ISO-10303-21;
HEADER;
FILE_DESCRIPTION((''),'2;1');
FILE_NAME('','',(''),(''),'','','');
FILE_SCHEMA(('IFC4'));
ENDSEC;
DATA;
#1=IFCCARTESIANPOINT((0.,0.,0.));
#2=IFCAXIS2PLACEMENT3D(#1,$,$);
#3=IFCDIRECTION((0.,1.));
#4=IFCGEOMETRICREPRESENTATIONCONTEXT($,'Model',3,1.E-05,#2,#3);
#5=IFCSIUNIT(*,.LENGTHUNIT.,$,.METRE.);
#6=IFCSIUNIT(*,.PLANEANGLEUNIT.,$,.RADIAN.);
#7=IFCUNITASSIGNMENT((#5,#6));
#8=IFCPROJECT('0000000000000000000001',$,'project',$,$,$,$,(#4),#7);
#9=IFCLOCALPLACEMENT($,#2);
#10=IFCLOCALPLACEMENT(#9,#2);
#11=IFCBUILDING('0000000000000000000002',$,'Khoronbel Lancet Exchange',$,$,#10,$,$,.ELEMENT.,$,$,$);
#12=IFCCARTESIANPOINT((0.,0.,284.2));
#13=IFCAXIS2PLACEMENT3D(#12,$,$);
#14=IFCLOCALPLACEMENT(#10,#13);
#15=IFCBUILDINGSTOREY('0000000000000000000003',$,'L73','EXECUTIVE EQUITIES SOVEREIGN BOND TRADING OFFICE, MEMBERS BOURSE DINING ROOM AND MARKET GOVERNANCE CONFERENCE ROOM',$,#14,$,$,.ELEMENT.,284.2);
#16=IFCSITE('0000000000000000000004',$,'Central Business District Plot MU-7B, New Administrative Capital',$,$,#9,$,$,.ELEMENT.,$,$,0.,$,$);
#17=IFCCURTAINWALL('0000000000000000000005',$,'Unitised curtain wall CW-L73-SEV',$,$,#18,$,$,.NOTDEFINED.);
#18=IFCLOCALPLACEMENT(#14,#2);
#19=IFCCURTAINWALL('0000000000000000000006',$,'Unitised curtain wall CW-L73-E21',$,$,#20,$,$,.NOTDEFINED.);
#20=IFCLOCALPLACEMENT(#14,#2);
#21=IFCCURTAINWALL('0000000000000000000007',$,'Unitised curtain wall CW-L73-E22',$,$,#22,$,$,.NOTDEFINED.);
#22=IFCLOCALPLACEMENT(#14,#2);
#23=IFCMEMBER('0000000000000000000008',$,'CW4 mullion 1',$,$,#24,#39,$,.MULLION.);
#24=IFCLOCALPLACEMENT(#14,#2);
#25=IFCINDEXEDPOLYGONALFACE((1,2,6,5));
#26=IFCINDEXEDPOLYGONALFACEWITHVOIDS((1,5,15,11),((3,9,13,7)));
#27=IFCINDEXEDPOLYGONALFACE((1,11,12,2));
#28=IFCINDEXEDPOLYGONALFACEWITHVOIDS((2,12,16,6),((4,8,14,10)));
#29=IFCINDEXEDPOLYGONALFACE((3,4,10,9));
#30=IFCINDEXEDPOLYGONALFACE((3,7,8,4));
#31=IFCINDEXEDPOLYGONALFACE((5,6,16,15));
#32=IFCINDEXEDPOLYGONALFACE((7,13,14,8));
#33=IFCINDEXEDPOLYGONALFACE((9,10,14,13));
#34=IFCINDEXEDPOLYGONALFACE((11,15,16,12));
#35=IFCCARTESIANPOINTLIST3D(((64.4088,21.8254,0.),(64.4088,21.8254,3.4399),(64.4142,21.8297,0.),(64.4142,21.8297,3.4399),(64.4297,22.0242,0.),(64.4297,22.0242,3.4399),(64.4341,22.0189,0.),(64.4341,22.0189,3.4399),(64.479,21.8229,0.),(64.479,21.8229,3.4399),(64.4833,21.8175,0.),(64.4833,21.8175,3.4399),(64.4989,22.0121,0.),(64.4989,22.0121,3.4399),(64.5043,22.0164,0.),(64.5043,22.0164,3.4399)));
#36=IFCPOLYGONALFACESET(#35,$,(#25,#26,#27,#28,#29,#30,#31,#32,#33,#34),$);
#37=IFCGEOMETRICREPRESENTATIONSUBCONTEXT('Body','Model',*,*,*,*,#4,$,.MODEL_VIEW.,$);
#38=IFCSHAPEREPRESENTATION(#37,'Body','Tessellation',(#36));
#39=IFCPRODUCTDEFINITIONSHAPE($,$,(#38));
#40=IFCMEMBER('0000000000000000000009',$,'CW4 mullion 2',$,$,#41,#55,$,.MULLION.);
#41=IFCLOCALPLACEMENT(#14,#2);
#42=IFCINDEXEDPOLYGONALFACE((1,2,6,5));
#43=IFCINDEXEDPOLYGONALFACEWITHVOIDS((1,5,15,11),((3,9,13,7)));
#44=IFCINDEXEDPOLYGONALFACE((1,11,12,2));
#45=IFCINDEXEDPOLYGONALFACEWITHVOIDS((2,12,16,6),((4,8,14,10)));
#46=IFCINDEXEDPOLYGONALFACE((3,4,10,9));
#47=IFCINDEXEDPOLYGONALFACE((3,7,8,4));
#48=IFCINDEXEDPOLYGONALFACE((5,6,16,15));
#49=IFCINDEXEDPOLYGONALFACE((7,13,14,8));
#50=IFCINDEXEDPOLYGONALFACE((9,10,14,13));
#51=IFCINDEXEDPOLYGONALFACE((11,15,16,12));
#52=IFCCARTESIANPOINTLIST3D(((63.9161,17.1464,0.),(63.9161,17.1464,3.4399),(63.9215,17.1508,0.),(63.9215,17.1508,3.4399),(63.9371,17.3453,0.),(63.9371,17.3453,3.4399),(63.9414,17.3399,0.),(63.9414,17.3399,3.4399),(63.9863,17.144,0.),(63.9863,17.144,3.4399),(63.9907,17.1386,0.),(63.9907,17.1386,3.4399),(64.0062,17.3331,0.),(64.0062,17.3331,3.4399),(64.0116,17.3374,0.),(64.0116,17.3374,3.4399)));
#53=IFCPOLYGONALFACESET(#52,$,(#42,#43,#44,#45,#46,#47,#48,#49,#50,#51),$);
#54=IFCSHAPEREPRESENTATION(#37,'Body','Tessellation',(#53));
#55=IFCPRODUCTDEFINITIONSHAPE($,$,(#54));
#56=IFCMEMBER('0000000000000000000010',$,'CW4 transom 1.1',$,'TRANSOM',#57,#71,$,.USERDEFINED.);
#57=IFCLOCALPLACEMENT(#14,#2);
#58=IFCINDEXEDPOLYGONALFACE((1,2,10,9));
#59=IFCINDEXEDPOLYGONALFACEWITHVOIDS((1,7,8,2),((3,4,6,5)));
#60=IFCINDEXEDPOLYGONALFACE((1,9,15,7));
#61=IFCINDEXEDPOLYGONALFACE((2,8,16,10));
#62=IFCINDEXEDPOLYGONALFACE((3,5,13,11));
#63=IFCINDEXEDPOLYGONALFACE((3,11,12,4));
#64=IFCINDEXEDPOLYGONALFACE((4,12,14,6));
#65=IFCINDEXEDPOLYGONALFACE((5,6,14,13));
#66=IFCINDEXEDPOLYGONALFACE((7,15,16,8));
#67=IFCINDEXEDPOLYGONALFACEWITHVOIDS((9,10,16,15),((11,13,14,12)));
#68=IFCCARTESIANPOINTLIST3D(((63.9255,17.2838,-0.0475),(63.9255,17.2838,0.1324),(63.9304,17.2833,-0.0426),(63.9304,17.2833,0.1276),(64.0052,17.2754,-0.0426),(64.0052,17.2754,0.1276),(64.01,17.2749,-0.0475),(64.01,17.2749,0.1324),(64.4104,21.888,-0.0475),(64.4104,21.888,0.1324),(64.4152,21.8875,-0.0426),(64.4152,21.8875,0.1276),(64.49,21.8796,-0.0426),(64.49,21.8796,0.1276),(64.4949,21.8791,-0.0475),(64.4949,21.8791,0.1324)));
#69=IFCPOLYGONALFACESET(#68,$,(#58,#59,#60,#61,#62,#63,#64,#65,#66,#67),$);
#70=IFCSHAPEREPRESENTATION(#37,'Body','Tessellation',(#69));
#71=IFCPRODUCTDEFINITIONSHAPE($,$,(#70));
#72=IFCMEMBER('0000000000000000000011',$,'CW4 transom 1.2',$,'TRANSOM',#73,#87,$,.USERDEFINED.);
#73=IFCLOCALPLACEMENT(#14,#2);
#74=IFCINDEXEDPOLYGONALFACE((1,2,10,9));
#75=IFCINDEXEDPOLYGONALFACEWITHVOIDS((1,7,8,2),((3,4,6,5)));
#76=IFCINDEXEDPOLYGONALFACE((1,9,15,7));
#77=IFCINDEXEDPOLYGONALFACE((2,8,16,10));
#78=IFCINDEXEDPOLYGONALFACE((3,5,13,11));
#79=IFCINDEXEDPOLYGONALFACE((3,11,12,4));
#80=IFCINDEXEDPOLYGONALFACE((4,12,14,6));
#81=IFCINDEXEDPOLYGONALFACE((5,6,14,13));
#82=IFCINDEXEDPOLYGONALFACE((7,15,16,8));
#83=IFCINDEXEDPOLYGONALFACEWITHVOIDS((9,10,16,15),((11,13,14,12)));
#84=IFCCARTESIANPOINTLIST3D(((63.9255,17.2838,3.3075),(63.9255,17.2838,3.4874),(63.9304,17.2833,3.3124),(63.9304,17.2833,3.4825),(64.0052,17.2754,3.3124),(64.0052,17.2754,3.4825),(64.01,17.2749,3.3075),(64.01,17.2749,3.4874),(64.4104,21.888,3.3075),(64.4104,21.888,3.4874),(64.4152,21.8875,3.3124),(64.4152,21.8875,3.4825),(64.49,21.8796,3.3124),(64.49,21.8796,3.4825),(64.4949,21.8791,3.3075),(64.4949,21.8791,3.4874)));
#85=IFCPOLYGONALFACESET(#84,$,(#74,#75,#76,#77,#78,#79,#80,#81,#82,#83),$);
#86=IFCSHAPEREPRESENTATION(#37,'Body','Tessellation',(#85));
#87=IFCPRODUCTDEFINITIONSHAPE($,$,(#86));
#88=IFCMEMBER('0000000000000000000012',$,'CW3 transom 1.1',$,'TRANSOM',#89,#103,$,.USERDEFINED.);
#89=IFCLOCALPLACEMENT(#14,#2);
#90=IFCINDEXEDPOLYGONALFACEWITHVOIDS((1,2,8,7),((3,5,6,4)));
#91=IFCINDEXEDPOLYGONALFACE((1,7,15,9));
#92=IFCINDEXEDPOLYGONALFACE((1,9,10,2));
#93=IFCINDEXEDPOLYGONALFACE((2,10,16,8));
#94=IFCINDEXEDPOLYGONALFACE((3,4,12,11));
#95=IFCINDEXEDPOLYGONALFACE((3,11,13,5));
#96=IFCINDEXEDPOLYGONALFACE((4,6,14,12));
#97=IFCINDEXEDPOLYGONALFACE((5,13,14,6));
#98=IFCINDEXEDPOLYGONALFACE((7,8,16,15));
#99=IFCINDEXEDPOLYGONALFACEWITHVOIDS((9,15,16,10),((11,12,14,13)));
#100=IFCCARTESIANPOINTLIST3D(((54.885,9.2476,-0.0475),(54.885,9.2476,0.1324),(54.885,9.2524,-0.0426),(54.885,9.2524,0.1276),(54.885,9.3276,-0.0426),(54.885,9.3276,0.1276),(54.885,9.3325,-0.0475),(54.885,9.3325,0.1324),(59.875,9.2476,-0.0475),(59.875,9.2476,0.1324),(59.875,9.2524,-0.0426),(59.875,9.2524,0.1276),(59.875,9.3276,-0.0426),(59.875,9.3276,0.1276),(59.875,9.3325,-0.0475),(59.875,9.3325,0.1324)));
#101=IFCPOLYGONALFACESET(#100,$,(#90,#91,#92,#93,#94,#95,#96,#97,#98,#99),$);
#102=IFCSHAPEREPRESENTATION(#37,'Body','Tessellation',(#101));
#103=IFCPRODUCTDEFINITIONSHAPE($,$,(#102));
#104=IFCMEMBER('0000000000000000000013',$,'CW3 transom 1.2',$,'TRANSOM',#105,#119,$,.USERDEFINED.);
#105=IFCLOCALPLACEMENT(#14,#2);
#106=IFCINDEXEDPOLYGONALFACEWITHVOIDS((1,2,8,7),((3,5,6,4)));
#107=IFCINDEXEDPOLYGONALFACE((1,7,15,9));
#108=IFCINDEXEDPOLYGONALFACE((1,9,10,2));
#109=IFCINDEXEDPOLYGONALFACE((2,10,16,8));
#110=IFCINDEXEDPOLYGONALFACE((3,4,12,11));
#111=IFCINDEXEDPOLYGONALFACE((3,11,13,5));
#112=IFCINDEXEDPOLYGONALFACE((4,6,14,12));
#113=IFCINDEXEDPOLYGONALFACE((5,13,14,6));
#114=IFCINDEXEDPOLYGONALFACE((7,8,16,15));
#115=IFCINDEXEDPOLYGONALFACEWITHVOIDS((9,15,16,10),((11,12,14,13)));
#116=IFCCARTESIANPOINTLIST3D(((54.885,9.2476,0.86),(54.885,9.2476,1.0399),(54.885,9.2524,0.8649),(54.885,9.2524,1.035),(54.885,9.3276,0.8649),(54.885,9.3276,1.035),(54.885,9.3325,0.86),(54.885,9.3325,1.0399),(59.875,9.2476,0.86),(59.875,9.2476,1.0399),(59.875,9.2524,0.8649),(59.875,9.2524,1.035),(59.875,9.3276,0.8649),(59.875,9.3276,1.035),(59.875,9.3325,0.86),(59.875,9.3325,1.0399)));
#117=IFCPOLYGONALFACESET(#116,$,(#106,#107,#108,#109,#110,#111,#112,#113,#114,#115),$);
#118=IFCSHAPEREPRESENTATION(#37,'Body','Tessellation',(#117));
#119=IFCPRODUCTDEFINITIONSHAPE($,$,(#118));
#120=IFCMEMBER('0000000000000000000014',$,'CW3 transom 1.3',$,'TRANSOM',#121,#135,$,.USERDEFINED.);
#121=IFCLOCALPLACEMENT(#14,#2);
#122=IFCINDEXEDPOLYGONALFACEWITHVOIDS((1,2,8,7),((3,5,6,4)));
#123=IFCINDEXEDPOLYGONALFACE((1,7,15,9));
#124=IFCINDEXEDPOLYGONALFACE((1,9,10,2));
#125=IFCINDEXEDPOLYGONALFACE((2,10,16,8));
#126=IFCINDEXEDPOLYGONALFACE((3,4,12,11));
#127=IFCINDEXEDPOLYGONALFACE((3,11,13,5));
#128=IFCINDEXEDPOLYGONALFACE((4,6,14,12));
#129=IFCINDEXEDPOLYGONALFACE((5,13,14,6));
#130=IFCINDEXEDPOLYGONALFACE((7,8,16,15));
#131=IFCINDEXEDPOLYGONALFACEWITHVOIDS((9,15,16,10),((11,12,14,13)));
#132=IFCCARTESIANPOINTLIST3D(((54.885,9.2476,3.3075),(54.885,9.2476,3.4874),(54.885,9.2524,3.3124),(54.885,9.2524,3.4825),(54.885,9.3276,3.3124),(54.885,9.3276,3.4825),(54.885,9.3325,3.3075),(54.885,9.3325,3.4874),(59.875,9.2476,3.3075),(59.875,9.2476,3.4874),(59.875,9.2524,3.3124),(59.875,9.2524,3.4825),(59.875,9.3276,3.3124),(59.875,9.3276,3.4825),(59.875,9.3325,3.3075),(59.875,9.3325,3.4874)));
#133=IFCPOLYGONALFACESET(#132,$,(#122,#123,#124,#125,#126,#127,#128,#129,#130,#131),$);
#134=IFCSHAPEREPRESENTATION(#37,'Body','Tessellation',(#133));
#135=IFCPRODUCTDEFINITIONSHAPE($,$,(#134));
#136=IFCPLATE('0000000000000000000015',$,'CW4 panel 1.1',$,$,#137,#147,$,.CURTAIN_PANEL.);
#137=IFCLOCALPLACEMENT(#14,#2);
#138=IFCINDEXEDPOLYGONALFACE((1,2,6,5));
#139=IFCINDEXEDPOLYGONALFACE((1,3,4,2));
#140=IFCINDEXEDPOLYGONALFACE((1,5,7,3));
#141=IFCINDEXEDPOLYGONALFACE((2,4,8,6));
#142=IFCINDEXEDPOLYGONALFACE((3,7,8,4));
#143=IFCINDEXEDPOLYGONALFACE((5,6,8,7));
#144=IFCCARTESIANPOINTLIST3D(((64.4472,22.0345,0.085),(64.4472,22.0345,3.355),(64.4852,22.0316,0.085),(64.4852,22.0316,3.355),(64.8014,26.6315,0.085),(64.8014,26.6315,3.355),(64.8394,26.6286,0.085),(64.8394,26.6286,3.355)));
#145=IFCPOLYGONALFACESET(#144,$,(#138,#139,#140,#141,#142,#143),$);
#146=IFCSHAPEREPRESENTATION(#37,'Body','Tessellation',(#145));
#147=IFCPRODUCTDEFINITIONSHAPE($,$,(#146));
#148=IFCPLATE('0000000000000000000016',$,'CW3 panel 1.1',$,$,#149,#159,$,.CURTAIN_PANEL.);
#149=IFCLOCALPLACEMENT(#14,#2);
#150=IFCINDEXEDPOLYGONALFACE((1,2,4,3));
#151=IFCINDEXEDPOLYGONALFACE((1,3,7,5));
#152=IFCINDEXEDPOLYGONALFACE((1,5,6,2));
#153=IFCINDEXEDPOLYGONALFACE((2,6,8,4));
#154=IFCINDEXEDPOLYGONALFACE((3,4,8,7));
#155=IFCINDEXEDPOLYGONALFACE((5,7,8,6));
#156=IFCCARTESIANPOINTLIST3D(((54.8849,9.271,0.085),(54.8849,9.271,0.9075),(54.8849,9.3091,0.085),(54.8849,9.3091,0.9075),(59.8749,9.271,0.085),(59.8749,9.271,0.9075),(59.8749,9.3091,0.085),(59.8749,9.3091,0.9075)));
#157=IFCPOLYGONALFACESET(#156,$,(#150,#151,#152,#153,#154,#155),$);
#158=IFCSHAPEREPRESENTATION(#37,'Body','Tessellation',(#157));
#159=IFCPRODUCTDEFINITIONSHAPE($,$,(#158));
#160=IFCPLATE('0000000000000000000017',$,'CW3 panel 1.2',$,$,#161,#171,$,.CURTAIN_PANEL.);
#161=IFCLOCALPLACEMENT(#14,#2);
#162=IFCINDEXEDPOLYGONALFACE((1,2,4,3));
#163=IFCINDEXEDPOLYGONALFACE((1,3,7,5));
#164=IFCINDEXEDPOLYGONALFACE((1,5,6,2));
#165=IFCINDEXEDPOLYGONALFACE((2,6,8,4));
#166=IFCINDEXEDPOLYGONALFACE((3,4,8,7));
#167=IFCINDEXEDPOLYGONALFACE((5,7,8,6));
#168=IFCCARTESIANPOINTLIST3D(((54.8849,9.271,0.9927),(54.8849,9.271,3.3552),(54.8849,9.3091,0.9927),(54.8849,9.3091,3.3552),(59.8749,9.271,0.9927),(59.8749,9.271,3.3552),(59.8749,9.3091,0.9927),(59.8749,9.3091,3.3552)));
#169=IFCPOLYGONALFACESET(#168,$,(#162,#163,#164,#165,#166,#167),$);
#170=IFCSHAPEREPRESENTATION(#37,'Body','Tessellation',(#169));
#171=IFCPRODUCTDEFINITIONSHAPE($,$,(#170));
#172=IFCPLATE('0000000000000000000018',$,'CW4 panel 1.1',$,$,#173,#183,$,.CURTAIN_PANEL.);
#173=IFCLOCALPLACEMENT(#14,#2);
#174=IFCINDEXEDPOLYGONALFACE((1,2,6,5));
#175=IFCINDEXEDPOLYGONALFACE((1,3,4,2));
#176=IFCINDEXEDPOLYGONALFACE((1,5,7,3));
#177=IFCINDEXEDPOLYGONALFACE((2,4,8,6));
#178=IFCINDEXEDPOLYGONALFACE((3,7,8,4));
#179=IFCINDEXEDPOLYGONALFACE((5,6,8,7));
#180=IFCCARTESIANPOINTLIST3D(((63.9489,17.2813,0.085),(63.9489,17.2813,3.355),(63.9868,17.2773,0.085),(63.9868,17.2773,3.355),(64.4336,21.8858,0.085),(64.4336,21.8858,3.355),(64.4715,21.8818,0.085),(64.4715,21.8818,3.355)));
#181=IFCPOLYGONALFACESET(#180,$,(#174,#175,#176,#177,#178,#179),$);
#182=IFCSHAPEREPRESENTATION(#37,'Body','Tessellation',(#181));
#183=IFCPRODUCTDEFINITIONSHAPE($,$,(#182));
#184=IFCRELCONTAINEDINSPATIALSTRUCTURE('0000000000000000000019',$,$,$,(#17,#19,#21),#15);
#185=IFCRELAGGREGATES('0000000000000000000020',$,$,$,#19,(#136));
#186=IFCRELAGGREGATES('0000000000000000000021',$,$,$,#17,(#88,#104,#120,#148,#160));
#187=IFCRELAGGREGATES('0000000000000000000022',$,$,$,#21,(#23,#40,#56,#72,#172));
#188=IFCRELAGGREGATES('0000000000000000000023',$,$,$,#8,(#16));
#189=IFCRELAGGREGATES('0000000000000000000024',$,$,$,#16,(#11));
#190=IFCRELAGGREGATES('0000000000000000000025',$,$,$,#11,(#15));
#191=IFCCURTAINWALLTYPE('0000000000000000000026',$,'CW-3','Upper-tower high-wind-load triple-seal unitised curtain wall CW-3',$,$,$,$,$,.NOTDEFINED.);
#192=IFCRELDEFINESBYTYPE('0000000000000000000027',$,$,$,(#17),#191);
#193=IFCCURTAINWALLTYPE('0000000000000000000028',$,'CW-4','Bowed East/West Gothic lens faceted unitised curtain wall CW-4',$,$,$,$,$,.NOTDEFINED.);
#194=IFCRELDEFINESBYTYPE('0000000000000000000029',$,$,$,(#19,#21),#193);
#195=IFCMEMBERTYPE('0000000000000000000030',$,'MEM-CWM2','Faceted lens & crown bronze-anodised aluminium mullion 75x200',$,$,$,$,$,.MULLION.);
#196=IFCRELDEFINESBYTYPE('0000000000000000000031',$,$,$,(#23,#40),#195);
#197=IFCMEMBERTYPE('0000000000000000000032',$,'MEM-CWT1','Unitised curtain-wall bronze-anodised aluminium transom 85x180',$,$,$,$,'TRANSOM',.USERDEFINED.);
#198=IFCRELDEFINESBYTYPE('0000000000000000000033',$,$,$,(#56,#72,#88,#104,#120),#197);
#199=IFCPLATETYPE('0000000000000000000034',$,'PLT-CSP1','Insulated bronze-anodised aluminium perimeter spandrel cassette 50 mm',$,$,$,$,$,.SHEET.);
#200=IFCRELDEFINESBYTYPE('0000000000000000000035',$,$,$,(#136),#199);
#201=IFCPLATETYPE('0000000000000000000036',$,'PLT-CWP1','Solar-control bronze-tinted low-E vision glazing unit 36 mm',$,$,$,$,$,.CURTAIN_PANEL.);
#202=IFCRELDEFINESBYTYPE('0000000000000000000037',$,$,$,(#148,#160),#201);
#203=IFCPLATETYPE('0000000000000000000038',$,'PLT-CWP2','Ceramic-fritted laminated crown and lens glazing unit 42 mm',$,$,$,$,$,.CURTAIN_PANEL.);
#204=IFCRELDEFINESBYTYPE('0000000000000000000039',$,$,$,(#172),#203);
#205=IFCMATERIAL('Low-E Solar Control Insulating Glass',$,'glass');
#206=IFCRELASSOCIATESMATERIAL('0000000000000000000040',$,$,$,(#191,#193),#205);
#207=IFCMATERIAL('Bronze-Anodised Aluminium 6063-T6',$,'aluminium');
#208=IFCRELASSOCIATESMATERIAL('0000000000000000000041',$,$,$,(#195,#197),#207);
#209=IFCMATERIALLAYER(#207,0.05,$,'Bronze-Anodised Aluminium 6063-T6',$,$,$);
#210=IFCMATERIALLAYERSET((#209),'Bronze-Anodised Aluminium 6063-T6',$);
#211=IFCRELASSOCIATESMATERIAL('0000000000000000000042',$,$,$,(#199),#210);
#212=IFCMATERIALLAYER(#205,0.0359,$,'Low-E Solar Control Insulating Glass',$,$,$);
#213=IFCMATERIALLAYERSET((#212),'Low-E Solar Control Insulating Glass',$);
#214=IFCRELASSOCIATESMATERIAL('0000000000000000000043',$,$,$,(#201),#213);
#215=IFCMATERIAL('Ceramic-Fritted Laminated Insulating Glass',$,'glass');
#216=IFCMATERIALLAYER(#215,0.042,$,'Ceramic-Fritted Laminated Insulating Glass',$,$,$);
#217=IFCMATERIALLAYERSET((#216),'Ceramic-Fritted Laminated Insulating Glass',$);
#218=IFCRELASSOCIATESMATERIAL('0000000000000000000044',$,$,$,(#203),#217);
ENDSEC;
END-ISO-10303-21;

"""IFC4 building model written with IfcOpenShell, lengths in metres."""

from ifc_helpers import new_model, si_unit, direction, frame, origin, origin_2d, place, context, subcontext, project, spatial, rectangle, hollow_rectangle, extrude, material, layer, layer_set, material_profile, profile_set, type_object, element, aggregate, save


model = new_model("IFC4")

# Units and contexts
model_context = context("Model", 3, precision=1e-05, world=origin(), true_north=direction((0.0, 1.0)))
body_context = subcontext(model_context, "Body", "Model", "MODEL_VIEW")
ifc_project = project(units=[si_unit("LENGTHUNIT", "METRE"), si_unit("PLANEANGLEUNIT", "RADIAN")], contexts=[model_context])

# Site, building, storey
site_placement = place(None, origin())
site = spatial("IfcSite", under=ifc_project, at=site_placement, Name="Central Business District Plot MU-7B, New Administrative Capital", CompositionType="ELEMENT", RefElevation=0.0)
building_placement = place(site_placement, origin())
building = spatial("IfcBuilding", under=site, at=building_placement, Name="Khoronbel Lancet Exchange", CompositionType="ELEMENT")
storey_placement = place(building_placement, frame((0.0, 0.0, 284.2)))
storey = spatial("IfcBuildingStorey", under=building, at=storey_placement, Name="L73", Description="EXECUTIVE EQUITIES SOVEREIGN BOND TRADING OFFICE, MEMBERS BOURSE DINING ROOM AND MARKET GOVERNANCE CONFERENCE ROOM", CompositionType="ELEMENT", Elevation=284.2)

# Shared definitions
ifc_material_1 = material(Name="Low-E Solar Control Insulating Glass", Category="glass")
curtain_wall_type_1 = type_object("IfcCurtainWallType", Name="CW-3", Description="Upper-tower high-wind-load triple-seal unitised curtain wall CW-3", PredefinedType="NOTDEFINED", material=ifc_material_1)
ifc_material_2 = material(Name="Bronze-Anodised Aluminium 6063-T6", Category="aluminium")

# Curtain wall
curtain_wall_1_placement = place(storey_placement, origin())
curtain_wall_1 = element("IfcCurtainWall", 1, at=curtain_wall_1_placement, inside=storey, type_object=curtain_wall_type_1, Name="Unitised curtain wall CW-L73-SEV", PredefinedType="NOTDEFINED")

# Curtain wall
curtain_wall_type_2 = type_object("IfcCurtainWallType", Name="CW-4", Description="Bowed East/West Gothic lens faceted unitised curtain wall CW-4", PredefinedType="NOTDEFINED", material=ifc_material_1)
curtain_wall_2_placement = place(storey_placement, origin())
curtain_wall_2 = element("IfcCurtainWall", 2, at=curtain_wall_2_placement, inside=storey, type_object=curtain_wall_type_2, Name="Unitised curtain wall CW-L73-E21", PredefinedType="NOTDEFINED")
ifc_material_profile_1 = material_profile(ifc_material_2, hollow_rectangle(XDim=0.075, YDim=0.2, WallThickness=0.0049, at=origin_2d()), Name="ALU MULLION 75x200")
ifc_profile_set_1 = profile_set([ifc_material_profile_1], Name="Bronze-Anodised Aluminium 6063-T6")
member_type_1 = type_object("IfcMemberType", Name="MEM-CWM2", Description="Faceted lens & crown bronze-anodised aluminium mullion 75x200", PredefinedType="MULLION", material=ifc_profile_set_1)

# Curtain wall, members
curtain_wall_3_placement = place(storey_placement, origin())
curtain_wall_3 = element("IfcCurtainWall", 3, at=curtain_wall_3_placement, inside=storey, type_object=curtain_wall_type_2, Name="Unitised curtain wall CW-L73-E22", PredefinedType="NOTDEFINED")
member_1_placement = place(storey_placement, frame((64.4565, 21.9209, 0.0), z_axis=(0.0, 0.0, 1.0), x_axis=(0.994505, -0.104691, 0.0)))
member_1 = element("IfcMember", 4, at=member_1_placement, type_object=member_type_1, Name="CW4 mullion 1", PredefinedType="MULLION", context=body_context, shape_type="SweptSolid", body=[
    extrude(hollow_rectangle(XDim=0.075, YDim=0.2, WallThickness=0.0049, at=origin_2d()), origin(), (0.0, 0.0, 1.0), 3.4399),
])
member_2_placement = place(storey_placement, frame((63.9639, 17.2419, 0.0), z_axis=(0.0, 0.0, 1.0), x_axis=(0.994505, -0.104691, 0.0)))
member_2 = element("IfcMember", 5, at=member_2_placement, type_object=member_type_1, Name="CW4 mullion 2", PredefinedType="MULLION", context=body_context, shape_type="SweptSolid", body=[
    extrude(hollow_rectangle(XDim=0.075, YDim=0.2, WallThickness=0.0049, at=origin_2d()), origin(), (0.0, 0.0, 1.0), 3.4399),
])
ifc_material_profile_2 = material_profile(ifc_material_2, hollow_rectangle(XDim=0.085, YDim=0.1799, WallThickness=0.0049, at=origin_2d()), Name="ALU TRANSOM 85x180")
ifc_profile_set_2 = profile_set([ifc_material_profile_2], Name="Bronze-Anodised Aluminium 6063-T6")
member_type_2 = type_object("IfcMemberType", Name="MEM-CWT1", Description="Unitised curtain-wall bronze-anodised aluminium transom 85x180", ElementType="TRANSOM", PredefinedType="USERDEFINED", material=ifc_profile_set_2)
member_3_placement = place(storey_placement, frame((64.4526, 21.8835, 0.0425), z_axis=(-0.104729, -0.994501, 0.0), x_axis=(0.994501, -0.104729, 0.0)))
member_3 = element("IfcMember", 6, at=member_3_placement, type_object=member_type_2, Name="CW4 transom 1.1", ObjectType="TRANSOM", PredefinedType="USERDEFINED", context=body_context, shape_type="SweptSolid", body=[
    extrude(hollow_rectangle(XDim=0.085, YDim=0.1799, WallThickness=0.0049, at=origin_2d()), origin(), (0.0, 0.0, 1.0), 4.6296),
])
member_4_placement = place(storey_placement, frame((64.4526, 21.8835, 3.3975), z_axis=(-0.104729, -0.994501, 0.0), x_axis=(0.994501, -0.104729, 0.0)))
member_4 = element("IfcMember", 7, at=member_4_placement, type_object=member_type_2, Name="CW4 transom 1.2", ObjectType="TRANSOM", PredefinedType="USERDEFINED", context=body_context, shape_type="SweptSolid", body=[
    extrude(hollow_rectangle(XDim=0.085, YDim=0.1799, WallThickness=0.0049, at=origin_2d()), origin(), (0.0, 0.0, 1.0), 4.6296),
])

# Members
member_5_placement = place(storey_placement, frame((54.885, 9.29, 0.0425), z_axis=(1.0, 0.0, 0.0), x_axis=(0.0, 1.0, 0.0)))
member_5 = element("IfcMember", 8, at=member_5_placement, type_object=member_type_2, Name="CW3 transom 1.1", ObjectType="TRANSOM", PredefinedType="USERDEFINED", context=body_context, shape_type="SweptSolid", body=[
    extrude(hollow_rectangle(XDim=0.085, YDim=0.1799, WallThickness=0.0049, at=origin_2d()), origin(), (0.0, 0.0, 1.0), 4.99),
])
member_6_placement = place(storey_placement, frame((54.885, 9.29, 0.95), z_axis=(1.0, 0.0, 0.0), x_axis=(0.0, 1.0, 0.0)))
member_6 = element("IfcMember", 9, at=member_6_placement, type_object=member_type_2, Name="CW3 transom 1.2", ObjectType="TRANSOM", PredefinedType="USERDEFINED", context=body_context, shape_type="SweptSolid", body=[
    extrude(hollow_rectangle(XDim=0.085, YDim=0.1799, WallThickness=0.0049, at=origin_2d()), origin(), (0.0, 0.0, 1.0), 4.99),
])
member_7_placement = place(storey_placement, frame((54.885, 9.29, 3.3975), z_axis=(1.0, 0.0, 0.0), x_axis=(0.0, 1.0, 0.0)))
member_7 = element("IfcMember", 10, at=member_7_placement, type_object=member_type_2, Name="CW3 transom 1.3", ObjectType="TRANSOM", PredefinedType="USERDEFINED", context=body_context, shape_type="SweptSolid", body=[
    extrude(hollow_rectangle(XDim=0.085, YDim=0.1799, WallThickness=0.0049, at=origin_2d()), origin(), (0.0, 0.0, 1.0), 4.99),
])

# Plates
ifc_layer_1 = layer(ifc_material_2, 0.05, Name="Bronze-Anodised Aluminium 6063-T6")
ifc_layer_set_1 = layer_set([ifc_layer_1], Name="Bronze-Anodised Aluminium 6063-T6")
plate_type_1 = type_object("IfcPlateType", Name="PLT-CSP1", Description="Insulated bronze-anodised aluminium perimeter spandrel cassette 50 mm", PredefinedType="SHEET", material=ifc_layer_set_1)
plate_1_placement = place(storey_placement, frame((64.6433, 24.3315, 0.085), z_axis=(0.0, 0.0, 1.0), x_axis=(-0.076819, -0.997045, 0.0)))
plate_1 = element("IfcPlate", 11, at=plate_1_placement, type_object=plate_type_1, Name="CW4 panel 1.1", PredefinedType="CURTAIN_PANEL", context=body_context, shape_type="SweptSolid", body=[
    extrude(rectangle(XDim=4.6106, YDim=0.0381, at=origin_2d()), origin(), (0.0, 0.0, 1.0), 3.27),
])
aggregate(curtain_wall_2, [plate_1])
ifc_layer_2 = layer(ifc_material_1, 0.0359, Name="Low-E Solar Control Insulating Glass")
ifc_layer_set_2 = layer_set([ifc_layer_2], Name="Low-E Solar Control Insulating Glass")
plate_type_2 = type_object("IfcPlateType", Name="PLT-CWP1", Description="Solar-control bronze-tinted low-E vision glazing unit 36 mm", PredefinedType="CURTAIN_PANEL", material=ifc_layer_set_2)
plate_2_placement = place(storey_placement, frame((57.3799, 9.29, 0.085), z_axis=(0.0, 0.0, 1.0), x_axis=(1.0, 0.0, 0.0)))
plate_2 = element("IfcPlate", 12, at=plate_2_placement, type_object=plate_type_2, Name="CW3 panel 1.1", PredefinedType="CURTAIN_PANEL", context=body_context, shape_type="SweptSolid", body=[
    extrude(rectangle(XDim=4.99, YDim=0.0381, at=origin_2d()), origin(), (0.0, 0.0, 1.0), 0.8225),
])
plate_3_placement = place(storey_placement, frame((57.3799, 9.29, 0.9927), z_axis=(0.0, 0.0, 1.0), x_axis=(1.0, 0.0, 0.0)))
plate_3 = element("IfcPlate", 13, at=plate_3_placement, type_object=plate_type_2, Name="CW3 panel 1.2", PredefinedType="CURTAIN_PANEL", context=body_context, shape_type="SweptSolid", body=[
    extrude(rectangle(XDim=4.99, YDim=0.0381, at=origin_2d()), origin(), (0.0, 0.0, 1.0), 2.3625),
])
aggregate(curtain_wall_1, [member_5, member_6, member_7, plate_2, plate_3])
ifc_material_3 = material(Name="Ceramic-Fritted Laminated Insulating Glass", Category="glass")
ifc_layer_3 = layer(ifc_material_3, 0.042, Name="Ceramic-Fritted Laminated Insulating Glass")
ifc_layer_set_3 = layer_set([ifc_layer_3], Name="Ceramic-Fritted Laminated Insulating Glass")
plate_type_3 = type_object("IfcPlateType", Name="PLT-CWP2", Description="Ceramic-fritted laminated crown and lens glazing unit 42 mm", PredefinedType="CURTAIN_PANEL", material=ifc_layer_set_3)
plate_4_placement = place(storey_placement, frame((64.2102, 19.5815, 0.085), z_axis=(0.0, 0.0, 1.0), x_axis=(-0.104691, -0.994505, 0.0)))
plate_4 = element("IfcPlate", 14, at=plate_4_placement, type_object=plate_type_3, Name="CW4 panel 1.1", PredefinedType="CURTAIN_PANEL", context=body_context, shape_type="SweptSolid", body=[
    extrude(rectangle(XDim=4.6299, YDim=0.0381, at=origin_2d()), origin(), (0.0, 0.0, 1.0), 3.27),
])
aggregate(curtain_wall_3, [member_1, member_2, member_3, member_4, plate_4])

save(model, "model.ifc")
